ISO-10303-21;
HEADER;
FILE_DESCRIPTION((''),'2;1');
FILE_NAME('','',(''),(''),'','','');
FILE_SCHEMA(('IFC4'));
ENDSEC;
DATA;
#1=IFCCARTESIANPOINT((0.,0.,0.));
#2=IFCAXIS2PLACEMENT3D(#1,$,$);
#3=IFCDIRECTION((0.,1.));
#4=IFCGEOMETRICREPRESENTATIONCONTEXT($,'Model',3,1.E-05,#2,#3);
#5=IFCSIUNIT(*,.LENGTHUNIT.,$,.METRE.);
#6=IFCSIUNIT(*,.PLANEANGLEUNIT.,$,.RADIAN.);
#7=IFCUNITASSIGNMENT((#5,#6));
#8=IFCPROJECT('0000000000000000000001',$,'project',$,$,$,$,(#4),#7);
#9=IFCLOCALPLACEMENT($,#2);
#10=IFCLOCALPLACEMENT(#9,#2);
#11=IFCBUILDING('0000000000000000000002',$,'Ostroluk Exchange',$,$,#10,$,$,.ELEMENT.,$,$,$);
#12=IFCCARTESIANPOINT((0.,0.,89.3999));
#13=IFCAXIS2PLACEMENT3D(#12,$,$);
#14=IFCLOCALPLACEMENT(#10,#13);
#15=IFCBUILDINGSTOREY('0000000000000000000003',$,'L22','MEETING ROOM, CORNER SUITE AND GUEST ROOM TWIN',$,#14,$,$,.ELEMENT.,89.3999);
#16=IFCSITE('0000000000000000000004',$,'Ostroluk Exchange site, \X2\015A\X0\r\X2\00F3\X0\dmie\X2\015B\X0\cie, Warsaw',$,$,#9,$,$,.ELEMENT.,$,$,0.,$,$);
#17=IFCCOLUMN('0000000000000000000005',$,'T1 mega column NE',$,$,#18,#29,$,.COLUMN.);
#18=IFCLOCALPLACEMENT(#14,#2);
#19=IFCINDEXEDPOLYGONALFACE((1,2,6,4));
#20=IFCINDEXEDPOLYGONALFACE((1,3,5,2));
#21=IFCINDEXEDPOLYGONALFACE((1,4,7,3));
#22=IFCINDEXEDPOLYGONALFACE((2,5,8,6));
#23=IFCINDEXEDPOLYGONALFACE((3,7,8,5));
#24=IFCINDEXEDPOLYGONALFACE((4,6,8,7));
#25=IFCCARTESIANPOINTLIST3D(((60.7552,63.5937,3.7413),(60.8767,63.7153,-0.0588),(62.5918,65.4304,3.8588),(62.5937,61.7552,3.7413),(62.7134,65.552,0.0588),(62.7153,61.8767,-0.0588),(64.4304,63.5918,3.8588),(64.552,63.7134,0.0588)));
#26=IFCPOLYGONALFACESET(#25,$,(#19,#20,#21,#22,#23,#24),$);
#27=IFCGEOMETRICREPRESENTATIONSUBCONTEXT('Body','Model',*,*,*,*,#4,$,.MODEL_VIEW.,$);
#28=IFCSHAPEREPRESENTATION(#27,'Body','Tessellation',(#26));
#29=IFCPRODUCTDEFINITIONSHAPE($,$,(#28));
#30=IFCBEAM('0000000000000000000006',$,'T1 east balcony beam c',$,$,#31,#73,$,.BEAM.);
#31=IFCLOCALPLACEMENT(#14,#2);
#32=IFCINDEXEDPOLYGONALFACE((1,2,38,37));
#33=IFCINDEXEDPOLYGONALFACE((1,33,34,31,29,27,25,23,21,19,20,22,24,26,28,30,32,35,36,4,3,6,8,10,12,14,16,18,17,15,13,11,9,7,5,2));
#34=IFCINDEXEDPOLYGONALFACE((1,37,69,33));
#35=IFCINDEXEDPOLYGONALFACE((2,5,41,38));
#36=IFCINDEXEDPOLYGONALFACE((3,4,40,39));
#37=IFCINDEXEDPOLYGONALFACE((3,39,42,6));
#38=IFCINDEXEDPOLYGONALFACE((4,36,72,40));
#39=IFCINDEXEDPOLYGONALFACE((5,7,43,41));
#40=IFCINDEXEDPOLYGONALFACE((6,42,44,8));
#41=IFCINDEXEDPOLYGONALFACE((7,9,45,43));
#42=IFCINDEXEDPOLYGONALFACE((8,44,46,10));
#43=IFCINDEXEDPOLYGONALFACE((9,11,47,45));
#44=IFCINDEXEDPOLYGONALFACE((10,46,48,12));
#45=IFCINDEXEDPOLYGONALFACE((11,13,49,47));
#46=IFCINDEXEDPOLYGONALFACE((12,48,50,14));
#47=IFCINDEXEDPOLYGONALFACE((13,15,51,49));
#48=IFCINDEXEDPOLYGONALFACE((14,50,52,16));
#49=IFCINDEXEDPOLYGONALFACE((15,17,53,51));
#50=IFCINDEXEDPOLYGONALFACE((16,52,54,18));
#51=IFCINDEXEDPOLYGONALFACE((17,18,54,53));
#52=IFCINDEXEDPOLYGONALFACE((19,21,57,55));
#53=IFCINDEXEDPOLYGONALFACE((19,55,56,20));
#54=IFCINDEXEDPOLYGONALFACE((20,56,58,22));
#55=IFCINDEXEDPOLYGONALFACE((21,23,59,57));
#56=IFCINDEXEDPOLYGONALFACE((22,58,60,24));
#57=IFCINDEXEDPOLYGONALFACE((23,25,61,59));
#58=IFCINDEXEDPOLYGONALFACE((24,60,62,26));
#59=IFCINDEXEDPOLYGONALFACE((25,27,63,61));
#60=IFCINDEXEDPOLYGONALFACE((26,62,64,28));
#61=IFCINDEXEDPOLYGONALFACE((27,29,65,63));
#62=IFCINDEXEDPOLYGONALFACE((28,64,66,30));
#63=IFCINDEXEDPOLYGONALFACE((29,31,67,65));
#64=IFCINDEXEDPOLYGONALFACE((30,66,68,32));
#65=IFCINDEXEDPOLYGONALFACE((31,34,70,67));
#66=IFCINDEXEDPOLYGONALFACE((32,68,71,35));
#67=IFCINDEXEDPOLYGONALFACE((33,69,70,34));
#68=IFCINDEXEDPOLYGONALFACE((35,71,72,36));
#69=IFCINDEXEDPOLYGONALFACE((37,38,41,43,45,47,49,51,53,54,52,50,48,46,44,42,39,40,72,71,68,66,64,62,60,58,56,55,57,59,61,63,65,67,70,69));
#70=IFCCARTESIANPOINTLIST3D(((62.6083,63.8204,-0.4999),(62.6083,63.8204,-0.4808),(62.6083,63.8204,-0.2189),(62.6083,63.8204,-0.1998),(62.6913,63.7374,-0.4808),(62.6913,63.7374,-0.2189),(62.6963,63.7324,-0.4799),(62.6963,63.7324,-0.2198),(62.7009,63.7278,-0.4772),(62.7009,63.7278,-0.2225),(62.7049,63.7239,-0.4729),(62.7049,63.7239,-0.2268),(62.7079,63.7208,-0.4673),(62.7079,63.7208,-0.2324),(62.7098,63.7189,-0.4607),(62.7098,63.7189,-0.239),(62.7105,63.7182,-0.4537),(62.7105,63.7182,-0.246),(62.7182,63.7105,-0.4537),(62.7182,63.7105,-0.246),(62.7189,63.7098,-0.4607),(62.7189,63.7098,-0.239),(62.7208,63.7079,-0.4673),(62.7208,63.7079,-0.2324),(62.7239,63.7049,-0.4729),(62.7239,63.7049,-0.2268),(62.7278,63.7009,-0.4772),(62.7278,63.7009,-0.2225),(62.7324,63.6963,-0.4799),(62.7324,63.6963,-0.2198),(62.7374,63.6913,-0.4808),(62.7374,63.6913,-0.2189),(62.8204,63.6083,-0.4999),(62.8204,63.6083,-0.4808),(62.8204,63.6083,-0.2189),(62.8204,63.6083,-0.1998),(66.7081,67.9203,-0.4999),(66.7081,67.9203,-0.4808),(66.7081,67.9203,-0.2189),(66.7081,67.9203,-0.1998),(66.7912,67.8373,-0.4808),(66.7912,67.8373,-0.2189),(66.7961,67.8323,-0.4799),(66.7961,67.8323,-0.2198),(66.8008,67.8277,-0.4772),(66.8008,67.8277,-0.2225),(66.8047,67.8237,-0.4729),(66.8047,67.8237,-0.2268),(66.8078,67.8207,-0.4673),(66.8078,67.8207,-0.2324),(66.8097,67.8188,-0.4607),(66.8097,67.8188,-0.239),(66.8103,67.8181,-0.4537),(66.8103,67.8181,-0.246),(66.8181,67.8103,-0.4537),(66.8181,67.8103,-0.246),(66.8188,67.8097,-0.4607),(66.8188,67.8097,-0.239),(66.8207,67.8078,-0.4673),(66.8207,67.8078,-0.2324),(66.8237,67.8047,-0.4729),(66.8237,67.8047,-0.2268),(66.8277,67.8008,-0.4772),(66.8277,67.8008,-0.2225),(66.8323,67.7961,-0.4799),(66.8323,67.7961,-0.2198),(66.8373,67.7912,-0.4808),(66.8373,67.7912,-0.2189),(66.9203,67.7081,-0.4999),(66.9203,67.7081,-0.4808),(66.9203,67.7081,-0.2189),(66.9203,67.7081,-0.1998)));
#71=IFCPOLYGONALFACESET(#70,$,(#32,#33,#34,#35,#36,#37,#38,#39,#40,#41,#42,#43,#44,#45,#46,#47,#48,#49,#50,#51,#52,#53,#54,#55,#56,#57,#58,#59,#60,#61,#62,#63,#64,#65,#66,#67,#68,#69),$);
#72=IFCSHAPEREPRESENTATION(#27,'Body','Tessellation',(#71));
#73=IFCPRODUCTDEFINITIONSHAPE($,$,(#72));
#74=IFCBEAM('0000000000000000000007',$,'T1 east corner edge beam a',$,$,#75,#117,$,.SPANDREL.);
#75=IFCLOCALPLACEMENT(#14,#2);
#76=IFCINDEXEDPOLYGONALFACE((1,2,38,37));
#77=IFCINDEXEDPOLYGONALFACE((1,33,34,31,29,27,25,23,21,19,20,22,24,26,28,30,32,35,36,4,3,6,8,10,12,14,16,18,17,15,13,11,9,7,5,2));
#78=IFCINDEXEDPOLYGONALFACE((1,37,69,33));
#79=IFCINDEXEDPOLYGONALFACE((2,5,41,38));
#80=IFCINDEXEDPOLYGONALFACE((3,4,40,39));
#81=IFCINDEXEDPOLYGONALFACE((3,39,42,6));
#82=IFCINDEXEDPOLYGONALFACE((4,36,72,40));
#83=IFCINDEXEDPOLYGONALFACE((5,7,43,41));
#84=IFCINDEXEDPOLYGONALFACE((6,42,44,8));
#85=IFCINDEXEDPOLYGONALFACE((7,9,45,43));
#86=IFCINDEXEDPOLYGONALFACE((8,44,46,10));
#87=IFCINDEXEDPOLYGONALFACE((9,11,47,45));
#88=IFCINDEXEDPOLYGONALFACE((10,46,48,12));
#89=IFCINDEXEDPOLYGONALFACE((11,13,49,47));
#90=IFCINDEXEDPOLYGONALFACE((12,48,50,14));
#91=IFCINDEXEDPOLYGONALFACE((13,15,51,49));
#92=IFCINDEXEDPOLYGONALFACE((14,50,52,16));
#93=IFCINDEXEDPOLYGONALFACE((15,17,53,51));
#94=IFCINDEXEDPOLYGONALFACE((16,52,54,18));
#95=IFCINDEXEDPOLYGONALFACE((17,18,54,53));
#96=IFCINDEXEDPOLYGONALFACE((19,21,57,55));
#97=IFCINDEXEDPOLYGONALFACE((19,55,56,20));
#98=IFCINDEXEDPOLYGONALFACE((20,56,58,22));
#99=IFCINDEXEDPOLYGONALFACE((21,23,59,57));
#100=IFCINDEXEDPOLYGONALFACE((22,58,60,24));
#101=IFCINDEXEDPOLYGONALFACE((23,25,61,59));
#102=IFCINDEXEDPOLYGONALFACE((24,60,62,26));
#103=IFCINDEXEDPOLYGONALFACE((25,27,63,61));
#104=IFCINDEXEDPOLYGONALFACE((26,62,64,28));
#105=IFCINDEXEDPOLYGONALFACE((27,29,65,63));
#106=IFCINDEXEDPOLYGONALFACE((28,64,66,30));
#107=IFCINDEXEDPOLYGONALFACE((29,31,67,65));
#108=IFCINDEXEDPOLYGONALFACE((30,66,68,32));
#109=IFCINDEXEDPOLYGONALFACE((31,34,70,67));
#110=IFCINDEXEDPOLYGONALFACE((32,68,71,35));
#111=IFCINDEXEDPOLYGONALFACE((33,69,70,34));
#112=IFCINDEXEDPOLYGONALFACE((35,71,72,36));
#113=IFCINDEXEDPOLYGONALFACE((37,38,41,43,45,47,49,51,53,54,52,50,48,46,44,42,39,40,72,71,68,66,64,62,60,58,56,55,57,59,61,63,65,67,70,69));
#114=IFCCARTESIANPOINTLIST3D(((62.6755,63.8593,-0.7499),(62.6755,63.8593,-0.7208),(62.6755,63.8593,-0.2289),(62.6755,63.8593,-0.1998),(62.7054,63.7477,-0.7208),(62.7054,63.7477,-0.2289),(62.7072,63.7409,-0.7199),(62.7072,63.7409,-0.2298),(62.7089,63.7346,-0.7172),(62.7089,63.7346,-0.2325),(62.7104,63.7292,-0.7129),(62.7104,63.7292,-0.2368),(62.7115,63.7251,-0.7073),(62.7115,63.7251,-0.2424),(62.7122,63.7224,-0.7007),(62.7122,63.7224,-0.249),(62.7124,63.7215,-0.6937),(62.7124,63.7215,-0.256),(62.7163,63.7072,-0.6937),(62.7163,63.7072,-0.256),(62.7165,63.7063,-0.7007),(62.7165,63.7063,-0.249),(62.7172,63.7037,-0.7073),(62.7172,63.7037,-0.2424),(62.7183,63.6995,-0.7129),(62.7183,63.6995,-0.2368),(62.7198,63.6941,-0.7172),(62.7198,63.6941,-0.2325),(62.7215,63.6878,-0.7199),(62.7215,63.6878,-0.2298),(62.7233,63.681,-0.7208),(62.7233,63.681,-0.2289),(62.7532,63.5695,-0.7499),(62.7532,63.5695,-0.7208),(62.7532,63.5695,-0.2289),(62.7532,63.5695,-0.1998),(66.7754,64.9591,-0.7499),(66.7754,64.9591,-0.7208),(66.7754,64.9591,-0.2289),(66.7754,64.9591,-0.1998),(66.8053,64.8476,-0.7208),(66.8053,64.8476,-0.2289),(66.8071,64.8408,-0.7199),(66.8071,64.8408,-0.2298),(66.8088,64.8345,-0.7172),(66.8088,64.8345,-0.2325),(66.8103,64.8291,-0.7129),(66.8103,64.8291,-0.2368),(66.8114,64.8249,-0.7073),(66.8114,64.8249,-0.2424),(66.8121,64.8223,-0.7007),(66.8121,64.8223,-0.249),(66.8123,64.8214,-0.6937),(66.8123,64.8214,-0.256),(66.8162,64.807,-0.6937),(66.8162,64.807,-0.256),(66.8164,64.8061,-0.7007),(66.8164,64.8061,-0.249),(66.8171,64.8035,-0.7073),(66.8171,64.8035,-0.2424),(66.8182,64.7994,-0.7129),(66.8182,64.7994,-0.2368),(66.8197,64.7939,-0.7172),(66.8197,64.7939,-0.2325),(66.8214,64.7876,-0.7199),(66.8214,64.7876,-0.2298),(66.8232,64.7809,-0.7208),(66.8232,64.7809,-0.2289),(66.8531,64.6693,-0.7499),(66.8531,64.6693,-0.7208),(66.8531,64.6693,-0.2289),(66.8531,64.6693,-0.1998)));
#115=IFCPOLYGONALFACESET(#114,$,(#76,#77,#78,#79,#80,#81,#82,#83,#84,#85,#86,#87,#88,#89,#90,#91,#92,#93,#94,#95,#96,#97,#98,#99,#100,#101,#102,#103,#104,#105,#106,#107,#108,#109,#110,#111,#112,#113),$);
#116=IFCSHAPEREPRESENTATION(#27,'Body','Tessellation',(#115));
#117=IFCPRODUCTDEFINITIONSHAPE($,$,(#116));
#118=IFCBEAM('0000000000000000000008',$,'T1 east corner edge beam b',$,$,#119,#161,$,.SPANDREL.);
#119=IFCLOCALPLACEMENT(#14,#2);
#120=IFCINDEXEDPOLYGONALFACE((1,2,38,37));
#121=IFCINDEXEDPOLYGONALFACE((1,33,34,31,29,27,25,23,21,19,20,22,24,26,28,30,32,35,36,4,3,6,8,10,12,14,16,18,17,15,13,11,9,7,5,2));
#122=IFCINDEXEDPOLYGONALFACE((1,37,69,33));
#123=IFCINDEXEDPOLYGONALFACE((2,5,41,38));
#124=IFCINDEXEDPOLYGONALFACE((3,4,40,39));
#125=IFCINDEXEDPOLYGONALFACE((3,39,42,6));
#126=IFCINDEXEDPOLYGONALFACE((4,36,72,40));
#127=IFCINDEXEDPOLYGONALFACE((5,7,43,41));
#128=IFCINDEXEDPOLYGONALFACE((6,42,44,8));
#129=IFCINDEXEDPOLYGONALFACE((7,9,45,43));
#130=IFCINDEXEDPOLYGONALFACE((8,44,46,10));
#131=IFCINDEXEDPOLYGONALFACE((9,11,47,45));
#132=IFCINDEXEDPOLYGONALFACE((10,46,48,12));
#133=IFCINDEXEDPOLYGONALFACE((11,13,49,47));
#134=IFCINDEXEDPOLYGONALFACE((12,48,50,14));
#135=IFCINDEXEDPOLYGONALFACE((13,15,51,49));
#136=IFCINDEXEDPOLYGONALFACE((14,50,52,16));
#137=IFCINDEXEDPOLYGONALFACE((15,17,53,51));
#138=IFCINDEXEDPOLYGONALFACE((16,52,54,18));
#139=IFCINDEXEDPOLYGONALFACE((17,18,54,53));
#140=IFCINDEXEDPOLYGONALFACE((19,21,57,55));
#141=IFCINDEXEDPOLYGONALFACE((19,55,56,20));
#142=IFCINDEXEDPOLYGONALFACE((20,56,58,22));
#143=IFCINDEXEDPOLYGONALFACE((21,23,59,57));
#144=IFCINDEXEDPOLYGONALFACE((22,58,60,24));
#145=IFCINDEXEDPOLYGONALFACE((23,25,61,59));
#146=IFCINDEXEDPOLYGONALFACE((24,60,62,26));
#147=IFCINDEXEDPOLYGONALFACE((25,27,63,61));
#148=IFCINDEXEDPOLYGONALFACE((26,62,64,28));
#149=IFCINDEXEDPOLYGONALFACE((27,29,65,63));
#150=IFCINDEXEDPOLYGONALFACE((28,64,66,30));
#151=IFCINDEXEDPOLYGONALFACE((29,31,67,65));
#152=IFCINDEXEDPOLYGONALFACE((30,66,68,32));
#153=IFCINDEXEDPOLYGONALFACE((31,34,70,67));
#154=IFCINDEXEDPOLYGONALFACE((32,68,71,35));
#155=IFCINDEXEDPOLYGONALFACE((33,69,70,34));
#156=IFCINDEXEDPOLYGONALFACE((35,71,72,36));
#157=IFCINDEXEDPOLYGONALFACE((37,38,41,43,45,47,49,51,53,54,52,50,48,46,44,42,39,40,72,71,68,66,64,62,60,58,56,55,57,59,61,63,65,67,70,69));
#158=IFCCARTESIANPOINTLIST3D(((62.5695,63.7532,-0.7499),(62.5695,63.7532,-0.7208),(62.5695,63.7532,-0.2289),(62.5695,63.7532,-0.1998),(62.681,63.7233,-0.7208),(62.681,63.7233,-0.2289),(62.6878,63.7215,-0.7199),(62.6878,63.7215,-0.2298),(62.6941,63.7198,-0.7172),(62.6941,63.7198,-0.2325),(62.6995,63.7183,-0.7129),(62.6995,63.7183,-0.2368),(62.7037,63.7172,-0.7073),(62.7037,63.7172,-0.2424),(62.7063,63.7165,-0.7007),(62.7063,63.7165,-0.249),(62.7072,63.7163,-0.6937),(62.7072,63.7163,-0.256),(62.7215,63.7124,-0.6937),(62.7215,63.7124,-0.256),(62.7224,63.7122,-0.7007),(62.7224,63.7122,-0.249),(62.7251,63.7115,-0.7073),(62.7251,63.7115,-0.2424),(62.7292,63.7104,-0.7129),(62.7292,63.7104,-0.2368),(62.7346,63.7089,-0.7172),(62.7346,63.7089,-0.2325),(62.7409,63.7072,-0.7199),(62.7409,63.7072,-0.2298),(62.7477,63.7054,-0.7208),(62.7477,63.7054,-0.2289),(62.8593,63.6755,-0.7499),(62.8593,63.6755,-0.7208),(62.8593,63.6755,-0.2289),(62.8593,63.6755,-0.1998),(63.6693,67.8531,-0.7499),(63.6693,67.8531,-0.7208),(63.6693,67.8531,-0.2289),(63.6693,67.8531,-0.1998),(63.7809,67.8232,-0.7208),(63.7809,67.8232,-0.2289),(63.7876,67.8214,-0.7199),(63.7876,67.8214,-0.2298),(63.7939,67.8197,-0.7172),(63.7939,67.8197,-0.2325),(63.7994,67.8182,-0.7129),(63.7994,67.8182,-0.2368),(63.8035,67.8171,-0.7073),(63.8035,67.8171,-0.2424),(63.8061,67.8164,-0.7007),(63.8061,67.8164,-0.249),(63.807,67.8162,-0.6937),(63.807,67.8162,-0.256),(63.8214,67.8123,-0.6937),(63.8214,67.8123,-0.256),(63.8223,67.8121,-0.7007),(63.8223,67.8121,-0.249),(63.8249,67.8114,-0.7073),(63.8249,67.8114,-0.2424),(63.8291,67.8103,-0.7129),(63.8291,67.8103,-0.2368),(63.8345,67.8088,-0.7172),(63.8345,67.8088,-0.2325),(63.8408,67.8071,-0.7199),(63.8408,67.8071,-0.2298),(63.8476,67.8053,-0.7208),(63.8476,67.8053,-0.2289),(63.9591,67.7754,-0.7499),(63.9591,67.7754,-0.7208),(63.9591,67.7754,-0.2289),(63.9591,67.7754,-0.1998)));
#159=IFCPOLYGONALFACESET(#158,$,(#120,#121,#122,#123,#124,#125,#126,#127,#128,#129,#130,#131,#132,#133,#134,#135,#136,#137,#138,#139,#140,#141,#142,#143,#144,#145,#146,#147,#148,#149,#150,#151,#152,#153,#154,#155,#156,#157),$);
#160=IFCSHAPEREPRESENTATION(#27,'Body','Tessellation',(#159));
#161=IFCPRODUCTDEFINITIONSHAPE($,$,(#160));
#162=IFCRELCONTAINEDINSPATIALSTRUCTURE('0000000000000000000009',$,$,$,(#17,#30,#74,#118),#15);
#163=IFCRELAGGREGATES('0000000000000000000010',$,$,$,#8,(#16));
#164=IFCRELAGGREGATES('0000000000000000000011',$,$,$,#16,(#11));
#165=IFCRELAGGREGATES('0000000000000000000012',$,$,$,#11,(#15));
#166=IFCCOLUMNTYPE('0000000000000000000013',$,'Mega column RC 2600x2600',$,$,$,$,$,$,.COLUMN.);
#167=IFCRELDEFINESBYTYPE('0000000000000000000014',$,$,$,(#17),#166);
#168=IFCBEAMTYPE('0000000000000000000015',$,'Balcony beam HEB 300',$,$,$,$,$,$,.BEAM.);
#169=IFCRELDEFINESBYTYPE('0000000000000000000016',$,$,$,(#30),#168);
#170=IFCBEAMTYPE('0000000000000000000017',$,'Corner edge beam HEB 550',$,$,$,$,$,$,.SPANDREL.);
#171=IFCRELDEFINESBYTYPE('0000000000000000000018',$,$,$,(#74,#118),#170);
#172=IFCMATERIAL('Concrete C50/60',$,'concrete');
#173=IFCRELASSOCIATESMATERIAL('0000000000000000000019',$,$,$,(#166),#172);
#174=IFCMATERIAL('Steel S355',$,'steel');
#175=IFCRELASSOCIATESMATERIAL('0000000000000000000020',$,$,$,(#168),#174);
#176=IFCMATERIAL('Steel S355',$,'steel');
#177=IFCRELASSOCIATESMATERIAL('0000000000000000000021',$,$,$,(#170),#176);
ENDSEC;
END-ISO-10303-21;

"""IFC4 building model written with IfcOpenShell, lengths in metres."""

from ifc_helpers import new_model, si_unit, direction, frame, origin, origin_2d, place, context, subcontext, project, spatial, rectangle, i_section, extrude, material, material_profile, profile_set, type_object, element, save


model = new_model("IFC4")

# Units and contexts
model_context = context("Model", 3, precision=1e-05, world=origin(), true_north=direction((0.0, 1.0)))
body_context = subcontext(model_context, "Body", "Model", "MODEL_VIEW")
ifc_project = project(units=[si_unit("LENGTHUNIT", "METRE"), si_unit("PLANEANGLEUNIT", "RADIAN")], contexts=[model_context])

# Site, building, storey
site_placement = place(None, origin())
site = spatial("IfcSite", under=ifc_project, at=site_placement, Name="Ostroluk Exchange site, Śródmieście, Warsaw", CompositionType="ELEMENT", RefElevation=0.0)
building_placement = place(site_placement, origin())
building = spatial("IfcBuilding", under=site, at=building_placement, Name="Ostroluk Exchange", CompositionType="ELEMENT")
storey_placement = place(building_placement, frame((0.0, 0.0, 89.3999)))
storey = spatial("IfcBuildingStorey", under=building, at=storey_placement, Name="L22", Description="MEETING ROOM, CORNER SUITE AND GUEST ROOM TWIN", CompositionType="ELEMENT", Elevation=89.3999)

# Column
ifc_material_1 = material(Name="Concrete C50/60", Category="concrete")
ifc_material_profile_1 = material_profile(ifc_material_1, rectangle(XDim=2.6001, YDim=2.6001, at=origin_2d()), Name="RC 2600x2600")
ifc_profile_set_1 = profile_set([ifc_material_profile_1], Name="Concrete C50/60")
column_type = type_object("IfcColumnType", Name="Mega column RC 2600x2600", PredefinedType="COLUMN", material=ifc_profile_set_1)
column_placement = place(storey_placement, frame((62.7144, 63.7144, 0.0), z_axis=(-0.031962, -0.031962, 0.998978), x_axis=(0.707107, -0.707107, 0.0)))
element("IfcColumn", 1, at=column_placement, inside=storey, type_object=column_type, Name="T1 mega column NE", PredefinedType="COLUMN", context=body_context, shape_type="SweptSolid", body=[
    extrude(rectangle(XDim=2.6001, YDim=2.6001, at=origin_2d()), origin(), (0.0, 0.0, 1.0), 3.804),
])

# Beams
ifc_material_2 = material(Name="Steel S355", Category="steel")
ifc_material_profile_2 = material_profile(ifc_material_2, i_section(OverallWidth=0.3, OverallDepth=0.3, WebThickness=0.011, FlangeThickness=0.019, FilletRadius=0.0271, at=origin_2d()), Name="HEB 300")
ifc_profile_set_2 = profile_set([ifc_material_profile_2], Name="Steel S355")
beam_type_1 = type_object("IfcBeamType", Name="Balcony beam HEB 300", PredefinedType="BEAM", material=ifc_profile_set_2)
beam_1_placement = place(storey_placement, frame((62.7144, 63.7144, -0.3499), z_axis=(0.707107, 0.707107, 0.0), x_axis=(-0.707107, 0.707107, 0.0)))
element("IfcBeam", 2, at=beam_1_placement, inside=storey, type_object=beam_type_1, Name="T1 east balcony beam c", PredefinedType="BEAM", context=body_context, shape_type="SweptSolid", body=[
    extrude(i_section(OverallWidth=0.3, OverallDepth=0.3, WebThickness=0.011, FlangeThickness=0.019, FilletRadius=0.0271, at=origin_2d()), origin(), (0.0, 0.0, 1.0), 5.7981),
])
ifc_material_3 = material(Name="Steel S355", Category="steel")
ifc_material_profile_3 = material_profile(ifc_material_3, i_section(OverallWidth=0.3, OverallDepth=0.55, WebThickness=0.0149, FlangeThickness=0.0291, FilletRadius=0.0271, at=origin_2d()), Name="HEB 550")
ifc_profile_set_3 = profile_set([ifc_material_profile_3], Name="Steel S355")
beam_type_2 = type_object("IfcBeamType", Name="Corner edge beam HEB 550", PredefinedType="SPANDREL", material=ifc_profile_set_3)
for number, where, z_axis, x_axis, name in (
    (3, (62.7144, 63.7144, -0.4749), (0.965849, 0.259105, 0.0), (-0.259105, 0.965849, 0.0), "T1 east corner edge beam a"),
    (4, (62.7144, 63.7144, -0.4749), (0.259105, 0.965849, 0.0), (-0.965849, 0.259105, 0.0), "T1 east corner edge beam b"),
):
    element("IfcBeam", number, at=place(storey_placement, frame(where, z_axis=z_axis, x_axis=x_axis)), inside=storey, type_object=beam_type_2, Name=name, PredefinedType="SPANDREL", context=body_context, shape_type="SweptSolid", body=[
        extrude(i_section(OverallWidth=0.3, OverallDepth=0.55, WebThickness=0.0149, FlangeThickness=0.0291, FilletRadius=0.0271, at=origin_2d()), origin(), (0.0, 0.0, 1.0), 4.2449),
    ])

save(model, "model.ifc")
